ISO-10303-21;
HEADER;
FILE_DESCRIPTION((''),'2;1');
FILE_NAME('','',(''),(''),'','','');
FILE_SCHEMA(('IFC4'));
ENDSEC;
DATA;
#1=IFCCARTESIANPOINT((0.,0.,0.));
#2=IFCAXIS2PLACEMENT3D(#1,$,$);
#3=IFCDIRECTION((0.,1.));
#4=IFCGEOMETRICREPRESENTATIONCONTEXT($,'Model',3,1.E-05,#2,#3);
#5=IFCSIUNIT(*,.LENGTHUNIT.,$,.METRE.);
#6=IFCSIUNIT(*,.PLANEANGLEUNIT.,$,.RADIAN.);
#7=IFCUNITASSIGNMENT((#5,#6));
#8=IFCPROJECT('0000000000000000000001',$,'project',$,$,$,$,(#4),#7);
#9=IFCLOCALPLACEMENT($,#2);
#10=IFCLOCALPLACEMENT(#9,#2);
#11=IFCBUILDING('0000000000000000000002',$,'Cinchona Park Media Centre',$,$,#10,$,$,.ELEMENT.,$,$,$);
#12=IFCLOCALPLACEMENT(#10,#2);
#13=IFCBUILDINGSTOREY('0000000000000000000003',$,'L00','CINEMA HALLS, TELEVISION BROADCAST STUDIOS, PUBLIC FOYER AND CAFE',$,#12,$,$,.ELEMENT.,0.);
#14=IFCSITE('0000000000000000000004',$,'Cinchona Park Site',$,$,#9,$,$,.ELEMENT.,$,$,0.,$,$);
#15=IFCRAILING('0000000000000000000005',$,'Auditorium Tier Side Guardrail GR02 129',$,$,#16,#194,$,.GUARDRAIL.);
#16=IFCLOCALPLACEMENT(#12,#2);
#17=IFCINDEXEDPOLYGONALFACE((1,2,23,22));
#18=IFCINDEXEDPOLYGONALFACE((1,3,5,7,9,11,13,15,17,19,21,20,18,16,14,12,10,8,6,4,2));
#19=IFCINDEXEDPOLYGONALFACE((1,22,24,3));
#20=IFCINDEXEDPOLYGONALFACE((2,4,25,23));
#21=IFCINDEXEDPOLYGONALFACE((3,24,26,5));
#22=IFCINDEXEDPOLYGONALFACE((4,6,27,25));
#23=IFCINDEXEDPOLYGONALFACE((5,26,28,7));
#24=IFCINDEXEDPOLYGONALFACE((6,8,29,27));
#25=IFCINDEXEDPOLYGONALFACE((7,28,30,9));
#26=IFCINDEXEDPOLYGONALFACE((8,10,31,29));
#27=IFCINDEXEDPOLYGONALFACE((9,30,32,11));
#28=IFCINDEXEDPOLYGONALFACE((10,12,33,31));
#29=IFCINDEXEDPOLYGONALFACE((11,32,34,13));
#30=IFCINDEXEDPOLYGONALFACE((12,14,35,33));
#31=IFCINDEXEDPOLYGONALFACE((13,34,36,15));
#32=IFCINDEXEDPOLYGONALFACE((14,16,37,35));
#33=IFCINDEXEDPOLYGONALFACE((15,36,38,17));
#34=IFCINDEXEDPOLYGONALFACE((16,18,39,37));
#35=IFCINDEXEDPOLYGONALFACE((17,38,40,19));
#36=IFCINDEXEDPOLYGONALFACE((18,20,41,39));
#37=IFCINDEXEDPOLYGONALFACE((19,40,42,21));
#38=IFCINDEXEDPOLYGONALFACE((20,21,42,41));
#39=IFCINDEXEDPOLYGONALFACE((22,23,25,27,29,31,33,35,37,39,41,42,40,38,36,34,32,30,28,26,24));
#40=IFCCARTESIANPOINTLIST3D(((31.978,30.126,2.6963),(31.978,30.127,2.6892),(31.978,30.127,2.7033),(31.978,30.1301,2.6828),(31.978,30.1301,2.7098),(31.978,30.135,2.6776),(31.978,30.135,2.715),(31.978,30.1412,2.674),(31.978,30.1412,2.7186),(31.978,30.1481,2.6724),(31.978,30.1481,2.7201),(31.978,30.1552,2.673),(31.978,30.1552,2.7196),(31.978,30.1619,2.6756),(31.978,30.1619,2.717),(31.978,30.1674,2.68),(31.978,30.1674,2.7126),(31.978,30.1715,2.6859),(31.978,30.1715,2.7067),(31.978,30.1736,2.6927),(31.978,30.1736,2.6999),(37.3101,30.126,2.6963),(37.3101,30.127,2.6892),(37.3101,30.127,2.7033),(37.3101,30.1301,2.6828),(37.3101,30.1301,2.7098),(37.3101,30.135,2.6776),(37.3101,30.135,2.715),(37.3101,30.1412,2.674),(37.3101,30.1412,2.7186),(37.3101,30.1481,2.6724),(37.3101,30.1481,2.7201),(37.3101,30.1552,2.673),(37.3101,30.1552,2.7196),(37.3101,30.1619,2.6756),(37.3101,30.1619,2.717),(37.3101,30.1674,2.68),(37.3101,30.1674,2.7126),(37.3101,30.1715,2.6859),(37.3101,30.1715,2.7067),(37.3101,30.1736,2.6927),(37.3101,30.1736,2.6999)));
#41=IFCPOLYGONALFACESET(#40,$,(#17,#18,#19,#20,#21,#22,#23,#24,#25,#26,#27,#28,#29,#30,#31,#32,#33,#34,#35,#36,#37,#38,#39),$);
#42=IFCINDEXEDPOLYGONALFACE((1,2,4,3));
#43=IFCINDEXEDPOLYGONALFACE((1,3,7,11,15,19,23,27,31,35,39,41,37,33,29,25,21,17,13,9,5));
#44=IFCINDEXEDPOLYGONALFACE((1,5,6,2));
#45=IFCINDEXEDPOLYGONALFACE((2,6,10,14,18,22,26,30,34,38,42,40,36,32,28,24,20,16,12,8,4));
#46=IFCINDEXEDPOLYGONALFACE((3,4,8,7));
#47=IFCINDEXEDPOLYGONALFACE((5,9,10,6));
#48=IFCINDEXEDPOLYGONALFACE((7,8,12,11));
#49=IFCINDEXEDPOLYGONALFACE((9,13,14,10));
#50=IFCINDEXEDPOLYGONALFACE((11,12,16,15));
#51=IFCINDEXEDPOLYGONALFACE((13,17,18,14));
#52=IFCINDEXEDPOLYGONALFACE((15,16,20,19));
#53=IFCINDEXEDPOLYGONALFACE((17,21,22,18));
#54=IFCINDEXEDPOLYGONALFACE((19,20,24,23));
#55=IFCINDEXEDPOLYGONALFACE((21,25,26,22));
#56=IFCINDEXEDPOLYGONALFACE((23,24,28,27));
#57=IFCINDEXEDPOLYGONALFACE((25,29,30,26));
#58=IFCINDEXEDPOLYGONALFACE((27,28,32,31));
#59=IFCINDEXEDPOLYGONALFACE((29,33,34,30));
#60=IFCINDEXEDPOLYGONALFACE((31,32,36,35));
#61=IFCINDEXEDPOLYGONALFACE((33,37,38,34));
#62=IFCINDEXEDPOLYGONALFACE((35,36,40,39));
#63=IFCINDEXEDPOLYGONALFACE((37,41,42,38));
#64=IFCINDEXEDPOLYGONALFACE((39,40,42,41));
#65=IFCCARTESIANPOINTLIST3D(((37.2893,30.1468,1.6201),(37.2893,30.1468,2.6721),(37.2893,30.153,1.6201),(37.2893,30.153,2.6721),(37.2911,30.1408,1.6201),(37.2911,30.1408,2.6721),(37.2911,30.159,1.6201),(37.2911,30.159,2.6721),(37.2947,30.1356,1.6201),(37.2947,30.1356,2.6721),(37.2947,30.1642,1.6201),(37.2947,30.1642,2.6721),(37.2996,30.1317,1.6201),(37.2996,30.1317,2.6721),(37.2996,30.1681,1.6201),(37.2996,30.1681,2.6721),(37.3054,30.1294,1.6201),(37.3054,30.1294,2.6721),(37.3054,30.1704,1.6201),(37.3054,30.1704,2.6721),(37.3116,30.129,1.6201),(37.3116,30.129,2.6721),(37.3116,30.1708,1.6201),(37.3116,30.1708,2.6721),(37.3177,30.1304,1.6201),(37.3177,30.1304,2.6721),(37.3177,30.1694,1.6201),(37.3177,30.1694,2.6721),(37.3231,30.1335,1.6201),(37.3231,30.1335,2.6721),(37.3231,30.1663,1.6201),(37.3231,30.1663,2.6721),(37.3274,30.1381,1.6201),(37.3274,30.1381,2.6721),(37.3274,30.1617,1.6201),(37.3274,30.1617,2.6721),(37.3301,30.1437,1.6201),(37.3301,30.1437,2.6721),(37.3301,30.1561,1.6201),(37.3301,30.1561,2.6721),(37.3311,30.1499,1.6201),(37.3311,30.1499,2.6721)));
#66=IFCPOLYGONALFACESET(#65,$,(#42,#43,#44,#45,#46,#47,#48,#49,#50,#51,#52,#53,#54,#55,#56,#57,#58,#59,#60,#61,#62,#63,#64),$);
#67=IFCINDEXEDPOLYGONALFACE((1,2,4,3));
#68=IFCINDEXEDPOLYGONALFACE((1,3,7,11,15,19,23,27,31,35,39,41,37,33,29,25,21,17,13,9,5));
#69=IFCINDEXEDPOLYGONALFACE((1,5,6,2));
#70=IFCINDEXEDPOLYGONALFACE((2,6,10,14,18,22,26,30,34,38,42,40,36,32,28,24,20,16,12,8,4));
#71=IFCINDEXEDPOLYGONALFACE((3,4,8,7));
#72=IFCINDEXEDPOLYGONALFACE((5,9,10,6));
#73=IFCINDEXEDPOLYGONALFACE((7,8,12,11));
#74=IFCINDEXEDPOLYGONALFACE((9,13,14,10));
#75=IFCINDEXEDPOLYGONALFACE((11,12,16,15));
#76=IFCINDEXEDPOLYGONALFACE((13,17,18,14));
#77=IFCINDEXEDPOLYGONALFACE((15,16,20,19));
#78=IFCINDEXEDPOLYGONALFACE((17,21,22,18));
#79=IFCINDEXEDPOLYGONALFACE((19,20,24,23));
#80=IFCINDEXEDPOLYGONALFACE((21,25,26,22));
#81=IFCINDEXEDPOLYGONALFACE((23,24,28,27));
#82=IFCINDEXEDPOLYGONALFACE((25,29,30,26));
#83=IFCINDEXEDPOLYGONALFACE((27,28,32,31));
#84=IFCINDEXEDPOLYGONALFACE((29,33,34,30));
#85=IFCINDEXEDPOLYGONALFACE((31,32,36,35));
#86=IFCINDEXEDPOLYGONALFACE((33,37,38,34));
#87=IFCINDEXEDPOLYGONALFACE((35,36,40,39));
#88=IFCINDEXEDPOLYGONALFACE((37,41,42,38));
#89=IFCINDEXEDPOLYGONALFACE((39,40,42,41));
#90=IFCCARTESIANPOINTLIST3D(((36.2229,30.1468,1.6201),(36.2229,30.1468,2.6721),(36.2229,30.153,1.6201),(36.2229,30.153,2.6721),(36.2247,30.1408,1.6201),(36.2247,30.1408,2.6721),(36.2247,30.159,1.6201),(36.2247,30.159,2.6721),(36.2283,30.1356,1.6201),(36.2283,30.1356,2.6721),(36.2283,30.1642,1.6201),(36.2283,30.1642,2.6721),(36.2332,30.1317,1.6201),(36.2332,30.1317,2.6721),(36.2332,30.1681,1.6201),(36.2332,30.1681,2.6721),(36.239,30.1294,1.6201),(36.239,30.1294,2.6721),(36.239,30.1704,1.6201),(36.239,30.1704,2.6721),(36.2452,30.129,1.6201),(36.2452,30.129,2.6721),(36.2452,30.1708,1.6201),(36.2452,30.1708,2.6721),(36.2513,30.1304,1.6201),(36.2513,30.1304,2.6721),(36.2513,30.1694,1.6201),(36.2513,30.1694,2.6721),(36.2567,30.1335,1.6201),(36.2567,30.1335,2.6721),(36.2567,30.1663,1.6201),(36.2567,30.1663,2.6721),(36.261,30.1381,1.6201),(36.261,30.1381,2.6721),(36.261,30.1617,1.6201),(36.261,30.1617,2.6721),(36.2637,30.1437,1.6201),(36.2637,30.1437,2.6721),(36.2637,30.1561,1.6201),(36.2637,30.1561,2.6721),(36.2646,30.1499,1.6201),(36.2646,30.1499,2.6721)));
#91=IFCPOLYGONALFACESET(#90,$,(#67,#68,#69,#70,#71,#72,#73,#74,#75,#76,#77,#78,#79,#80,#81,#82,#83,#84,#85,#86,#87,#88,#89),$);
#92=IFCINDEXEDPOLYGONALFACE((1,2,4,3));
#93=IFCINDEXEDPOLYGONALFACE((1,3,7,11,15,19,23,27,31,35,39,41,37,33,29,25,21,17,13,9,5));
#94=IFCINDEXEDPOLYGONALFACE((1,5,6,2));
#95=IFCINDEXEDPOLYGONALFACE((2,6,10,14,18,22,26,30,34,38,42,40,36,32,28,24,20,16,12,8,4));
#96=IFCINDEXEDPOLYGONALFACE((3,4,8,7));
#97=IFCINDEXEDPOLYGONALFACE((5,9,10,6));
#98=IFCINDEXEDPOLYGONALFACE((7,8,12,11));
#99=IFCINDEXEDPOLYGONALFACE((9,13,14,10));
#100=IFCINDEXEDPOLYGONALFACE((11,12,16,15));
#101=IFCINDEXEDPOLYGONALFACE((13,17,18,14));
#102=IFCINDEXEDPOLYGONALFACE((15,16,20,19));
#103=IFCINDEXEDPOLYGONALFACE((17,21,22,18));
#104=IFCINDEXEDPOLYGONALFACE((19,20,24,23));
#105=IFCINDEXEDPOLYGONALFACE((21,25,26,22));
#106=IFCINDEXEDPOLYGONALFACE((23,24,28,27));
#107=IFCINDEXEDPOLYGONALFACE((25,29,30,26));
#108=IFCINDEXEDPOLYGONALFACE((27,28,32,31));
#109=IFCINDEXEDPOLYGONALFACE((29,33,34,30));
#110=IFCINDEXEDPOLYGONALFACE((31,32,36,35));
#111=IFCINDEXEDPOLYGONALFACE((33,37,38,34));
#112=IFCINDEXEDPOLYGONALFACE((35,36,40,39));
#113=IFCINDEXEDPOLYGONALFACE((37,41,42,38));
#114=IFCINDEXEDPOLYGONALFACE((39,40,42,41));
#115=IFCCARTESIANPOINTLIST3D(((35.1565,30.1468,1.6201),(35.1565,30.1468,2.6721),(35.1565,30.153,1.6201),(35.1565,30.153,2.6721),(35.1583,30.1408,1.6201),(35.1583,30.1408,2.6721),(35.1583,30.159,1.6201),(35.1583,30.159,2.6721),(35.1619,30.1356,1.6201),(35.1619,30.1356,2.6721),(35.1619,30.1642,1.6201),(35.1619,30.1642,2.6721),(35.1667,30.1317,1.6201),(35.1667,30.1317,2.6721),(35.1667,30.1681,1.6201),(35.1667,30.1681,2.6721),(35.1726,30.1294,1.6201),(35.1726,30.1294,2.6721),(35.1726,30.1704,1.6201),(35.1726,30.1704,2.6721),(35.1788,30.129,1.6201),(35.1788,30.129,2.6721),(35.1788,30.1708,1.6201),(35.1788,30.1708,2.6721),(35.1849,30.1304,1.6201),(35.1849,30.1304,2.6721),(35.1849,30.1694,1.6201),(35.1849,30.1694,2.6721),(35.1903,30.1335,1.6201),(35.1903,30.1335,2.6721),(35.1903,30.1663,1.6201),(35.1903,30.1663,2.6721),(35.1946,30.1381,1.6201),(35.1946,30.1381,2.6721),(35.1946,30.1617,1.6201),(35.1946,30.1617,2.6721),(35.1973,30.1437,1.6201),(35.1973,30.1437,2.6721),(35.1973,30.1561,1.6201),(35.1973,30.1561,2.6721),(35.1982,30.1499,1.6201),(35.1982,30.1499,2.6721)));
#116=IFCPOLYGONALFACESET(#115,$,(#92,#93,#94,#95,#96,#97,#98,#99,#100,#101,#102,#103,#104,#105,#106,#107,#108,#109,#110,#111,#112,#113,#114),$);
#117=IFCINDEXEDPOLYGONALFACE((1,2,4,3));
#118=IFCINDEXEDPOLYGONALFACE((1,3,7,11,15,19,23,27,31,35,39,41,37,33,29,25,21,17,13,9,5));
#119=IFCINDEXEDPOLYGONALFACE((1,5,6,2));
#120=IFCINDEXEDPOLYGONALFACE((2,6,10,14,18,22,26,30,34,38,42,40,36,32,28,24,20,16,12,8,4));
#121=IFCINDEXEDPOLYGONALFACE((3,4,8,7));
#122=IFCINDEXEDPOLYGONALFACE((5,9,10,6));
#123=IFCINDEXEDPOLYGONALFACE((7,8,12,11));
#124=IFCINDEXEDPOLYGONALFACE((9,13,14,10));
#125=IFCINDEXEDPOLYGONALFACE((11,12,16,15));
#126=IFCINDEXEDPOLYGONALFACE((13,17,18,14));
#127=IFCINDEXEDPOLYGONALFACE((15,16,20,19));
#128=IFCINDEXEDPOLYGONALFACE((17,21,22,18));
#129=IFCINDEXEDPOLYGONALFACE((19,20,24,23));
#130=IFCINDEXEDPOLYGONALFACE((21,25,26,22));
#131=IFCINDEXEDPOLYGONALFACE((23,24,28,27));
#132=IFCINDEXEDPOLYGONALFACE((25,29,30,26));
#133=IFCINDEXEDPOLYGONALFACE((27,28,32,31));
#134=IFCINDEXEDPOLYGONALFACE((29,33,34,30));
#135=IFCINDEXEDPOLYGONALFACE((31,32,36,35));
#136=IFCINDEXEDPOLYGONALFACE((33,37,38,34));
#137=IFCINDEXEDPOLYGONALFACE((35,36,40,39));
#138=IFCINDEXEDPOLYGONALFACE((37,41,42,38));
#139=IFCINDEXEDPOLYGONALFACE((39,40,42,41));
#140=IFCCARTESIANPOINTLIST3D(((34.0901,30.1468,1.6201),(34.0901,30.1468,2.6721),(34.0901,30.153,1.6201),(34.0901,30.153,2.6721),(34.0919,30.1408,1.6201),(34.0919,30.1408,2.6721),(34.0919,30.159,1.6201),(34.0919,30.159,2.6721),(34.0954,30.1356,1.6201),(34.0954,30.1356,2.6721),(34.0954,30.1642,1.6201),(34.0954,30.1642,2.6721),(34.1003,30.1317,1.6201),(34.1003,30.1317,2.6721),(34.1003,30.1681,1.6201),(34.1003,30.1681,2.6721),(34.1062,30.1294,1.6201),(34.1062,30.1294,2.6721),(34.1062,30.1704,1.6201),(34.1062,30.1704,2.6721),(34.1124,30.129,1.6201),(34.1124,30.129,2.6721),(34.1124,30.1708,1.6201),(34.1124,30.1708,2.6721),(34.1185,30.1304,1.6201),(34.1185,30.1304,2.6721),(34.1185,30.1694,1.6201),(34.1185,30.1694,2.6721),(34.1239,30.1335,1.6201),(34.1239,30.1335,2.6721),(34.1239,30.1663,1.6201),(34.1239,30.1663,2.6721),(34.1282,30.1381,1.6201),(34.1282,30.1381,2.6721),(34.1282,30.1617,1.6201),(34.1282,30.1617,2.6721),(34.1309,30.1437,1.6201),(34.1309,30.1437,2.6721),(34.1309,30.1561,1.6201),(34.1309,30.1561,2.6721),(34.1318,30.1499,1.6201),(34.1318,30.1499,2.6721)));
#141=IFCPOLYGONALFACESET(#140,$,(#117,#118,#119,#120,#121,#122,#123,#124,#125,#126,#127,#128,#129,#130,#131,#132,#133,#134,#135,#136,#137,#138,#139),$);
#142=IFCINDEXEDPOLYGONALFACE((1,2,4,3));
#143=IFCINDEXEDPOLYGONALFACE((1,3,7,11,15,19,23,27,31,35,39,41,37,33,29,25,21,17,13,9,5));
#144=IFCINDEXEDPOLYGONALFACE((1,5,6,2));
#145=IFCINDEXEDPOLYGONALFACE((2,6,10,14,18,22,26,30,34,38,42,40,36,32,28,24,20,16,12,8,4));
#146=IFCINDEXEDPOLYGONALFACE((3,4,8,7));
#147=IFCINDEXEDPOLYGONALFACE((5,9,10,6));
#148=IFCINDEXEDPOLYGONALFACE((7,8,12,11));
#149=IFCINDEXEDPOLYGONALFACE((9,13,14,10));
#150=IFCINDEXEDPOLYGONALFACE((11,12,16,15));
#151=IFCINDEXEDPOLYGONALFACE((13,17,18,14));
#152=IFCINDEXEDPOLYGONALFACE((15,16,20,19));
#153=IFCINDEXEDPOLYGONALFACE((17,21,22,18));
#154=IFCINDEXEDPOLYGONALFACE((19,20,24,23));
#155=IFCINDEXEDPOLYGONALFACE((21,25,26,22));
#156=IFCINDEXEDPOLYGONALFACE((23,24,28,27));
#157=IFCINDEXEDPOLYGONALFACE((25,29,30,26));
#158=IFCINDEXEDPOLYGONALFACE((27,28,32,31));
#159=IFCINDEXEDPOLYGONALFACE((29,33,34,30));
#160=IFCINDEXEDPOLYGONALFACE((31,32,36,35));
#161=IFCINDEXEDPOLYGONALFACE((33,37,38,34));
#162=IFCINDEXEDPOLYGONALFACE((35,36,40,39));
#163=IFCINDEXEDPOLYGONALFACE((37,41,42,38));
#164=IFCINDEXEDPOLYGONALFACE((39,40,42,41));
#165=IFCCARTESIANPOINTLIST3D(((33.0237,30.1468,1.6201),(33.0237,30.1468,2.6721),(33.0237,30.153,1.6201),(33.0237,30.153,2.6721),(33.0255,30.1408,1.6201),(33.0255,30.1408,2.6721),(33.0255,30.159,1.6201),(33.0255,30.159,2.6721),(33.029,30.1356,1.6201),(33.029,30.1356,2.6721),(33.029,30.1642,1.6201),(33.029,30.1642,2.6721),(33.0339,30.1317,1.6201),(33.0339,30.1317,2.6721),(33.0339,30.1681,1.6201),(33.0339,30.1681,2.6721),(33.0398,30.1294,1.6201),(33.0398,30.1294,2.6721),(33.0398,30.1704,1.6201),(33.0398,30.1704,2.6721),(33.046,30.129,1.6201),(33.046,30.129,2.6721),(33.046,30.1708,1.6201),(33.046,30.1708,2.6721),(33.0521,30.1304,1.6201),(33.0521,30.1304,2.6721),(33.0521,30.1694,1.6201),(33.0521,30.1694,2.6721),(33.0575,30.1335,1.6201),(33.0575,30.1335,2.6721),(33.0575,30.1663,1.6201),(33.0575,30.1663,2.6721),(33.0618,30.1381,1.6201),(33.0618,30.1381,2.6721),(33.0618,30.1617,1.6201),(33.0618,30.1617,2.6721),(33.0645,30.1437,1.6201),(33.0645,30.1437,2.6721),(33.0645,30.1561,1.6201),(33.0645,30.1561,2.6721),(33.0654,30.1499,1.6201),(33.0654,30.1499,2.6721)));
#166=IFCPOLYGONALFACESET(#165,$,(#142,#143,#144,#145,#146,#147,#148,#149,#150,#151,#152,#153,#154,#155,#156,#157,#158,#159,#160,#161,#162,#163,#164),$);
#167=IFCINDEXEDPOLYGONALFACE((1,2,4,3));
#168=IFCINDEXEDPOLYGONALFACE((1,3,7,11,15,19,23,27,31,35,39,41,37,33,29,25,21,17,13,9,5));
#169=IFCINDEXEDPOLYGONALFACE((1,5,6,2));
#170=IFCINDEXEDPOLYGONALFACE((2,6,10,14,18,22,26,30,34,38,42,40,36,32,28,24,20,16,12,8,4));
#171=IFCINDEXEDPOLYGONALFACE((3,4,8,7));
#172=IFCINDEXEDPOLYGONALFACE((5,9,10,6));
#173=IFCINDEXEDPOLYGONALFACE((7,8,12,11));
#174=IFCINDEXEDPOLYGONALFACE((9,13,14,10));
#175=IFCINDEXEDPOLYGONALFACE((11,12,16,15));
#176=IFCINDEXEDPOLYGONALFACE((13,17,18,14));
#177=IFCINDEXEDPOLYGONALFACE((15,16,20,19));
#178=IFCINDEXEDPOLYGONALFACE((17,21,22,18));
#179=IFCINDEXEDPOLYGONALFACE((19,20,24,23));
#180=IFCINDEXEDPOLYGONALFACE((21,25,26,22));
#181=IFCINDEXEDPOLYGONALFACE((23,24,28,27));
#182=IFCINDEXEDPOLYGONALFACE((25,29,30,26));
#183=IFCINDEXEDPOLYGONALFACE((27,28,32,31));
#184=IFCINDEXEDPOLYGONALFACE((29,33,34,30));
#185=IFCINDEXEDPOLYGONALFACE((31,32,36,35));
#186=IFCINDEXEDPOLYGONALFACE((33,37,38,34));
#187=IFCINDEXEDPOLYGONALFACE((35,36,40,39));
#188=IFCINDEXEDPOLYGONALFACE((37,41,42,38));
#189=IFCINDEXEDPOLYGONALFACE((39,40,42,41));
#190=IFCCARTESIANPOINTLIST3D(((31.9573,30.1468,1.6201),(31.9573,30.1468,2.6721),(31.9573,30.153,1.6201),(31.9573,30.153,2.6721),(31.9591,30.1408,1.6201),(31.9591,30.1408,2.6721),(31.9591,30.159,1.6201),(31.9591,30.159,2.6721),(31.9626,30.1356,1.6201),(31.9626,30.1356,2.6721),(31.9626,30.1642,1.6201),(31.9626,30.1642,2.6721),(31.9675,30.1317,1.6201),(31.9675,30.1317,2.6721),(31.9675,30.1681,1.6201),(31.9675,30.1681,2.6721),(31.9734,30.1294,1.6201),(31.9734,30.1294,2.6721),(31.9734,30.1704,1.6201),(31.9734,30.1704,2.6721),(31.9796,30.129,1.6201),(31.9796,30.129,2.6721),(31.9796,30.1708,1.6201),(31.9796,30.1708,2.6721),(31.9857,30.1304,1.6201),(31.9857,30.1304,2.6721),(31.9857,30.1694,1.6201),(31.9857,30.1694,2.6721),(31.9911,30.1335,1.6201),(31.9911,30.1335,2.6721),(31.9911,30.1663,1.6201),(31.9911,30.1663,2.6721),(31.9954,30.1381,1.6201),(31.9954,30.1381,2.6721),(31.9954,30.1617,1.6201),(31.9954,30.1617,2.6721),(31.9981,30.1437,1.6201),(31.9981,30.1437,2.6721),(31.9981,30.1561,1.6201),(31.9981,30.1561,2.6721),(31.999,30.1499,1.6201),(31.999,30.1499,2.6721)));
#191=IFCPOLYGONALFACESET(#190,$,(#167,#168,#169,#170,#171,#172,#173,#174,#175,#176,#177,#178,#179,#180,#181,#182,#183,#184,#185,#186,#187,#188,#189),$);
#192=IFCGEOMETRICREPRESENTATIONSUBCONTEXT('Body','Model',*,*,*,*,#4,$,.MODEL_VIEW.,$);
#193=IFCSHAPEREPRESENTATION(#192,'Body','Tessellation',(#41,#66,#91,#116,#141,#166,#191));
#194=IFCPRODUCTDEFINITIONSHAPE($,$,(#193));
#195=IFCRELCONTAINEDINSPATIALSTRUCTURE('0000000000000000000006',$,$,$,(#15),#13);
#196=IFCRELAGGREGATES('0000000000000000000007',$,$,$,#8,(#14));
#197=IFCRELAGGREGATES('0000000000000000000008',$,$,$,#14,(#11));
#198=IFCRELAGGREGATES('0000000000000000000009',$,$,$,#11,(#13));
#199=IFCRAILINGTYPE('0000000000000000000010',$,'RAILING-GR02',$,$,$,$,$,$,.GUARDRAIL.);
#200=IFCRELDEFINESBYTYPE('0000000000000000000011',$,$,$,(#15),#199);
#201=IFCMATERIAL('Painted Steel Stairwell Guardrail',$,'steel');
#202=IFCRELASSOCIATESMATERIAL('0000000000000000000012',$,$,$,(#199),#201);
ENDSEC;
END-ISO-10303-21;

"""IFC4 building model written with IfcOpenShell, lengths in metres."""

from ifc_helpers import new_model, si_unit, direction, frame, origin, origin_2d, place, context, subcontext, project, spatial, circle, extrude, material, type_object, element, save


model = new_model("IFC4")

# Units and contexts
model_context = context("Model", 3, precision=1e-05, world=origin(), true_north=direction((0.0, 1.0)))
body_context = subcontext(model_context, "Body", "Model", "MODEL_VIEW")
ifc_project = project(units=[si_unit("LENGTHUNIT", "METRE"), si_unit("PLANEANGLEUNIT", "RADIAN")], contexts=[model_context])

# Site, building, storey
site_placement = place(None, origin())
site = spatial("IfcSite", under=ifc_project, at=site_placement, Name="Cinchona Park Site", CompositionType="ELEMENT", RefElevation=0.0)
building_placement = place(site_placement, origin())
building = spatial("IfcBuilding", under=site, at=building_placement, Name="Cinchona Park Media Centre", CompositionType="ELEMENT")
storey_placement = place(building_placement, origin())
storey = spatial("IfcBuildingStorey", under=building, at=storey_placement, Name="L00", Description="CINEMA HALLS, TELEVISION BROADCAST STUDIOS, PUBLIC FOYER AND CAFE", CompositionType="ELEMENT", Elevation=0.0)

# Railing
ifc_material_1 = material(Name="Painted Steel Stairwell Guardrail", Category="steel")
railing_type_1 = type_object("IfcRailingType", Name="RAILING-GR02", PredefinedType="GUARDRAIL", material=ifc_material_1)
railing_1_placement = place(storey_placement, frame((37.3101, 30.1499, 1.6201)))
element("IfcRailing", 1, at=railing_1_placement, inside=storey, type_object=railing_type_1, Name="Auditorium Tier Side Guardrail GR02 129", PredefinedType="GUARDRAIL", context=body_context, shape_type="SweptSolid", body=[
    extrude(circle(Radius=0.0239, at=origin_2d()), frame((0.0, 0.0, 1.0762), z_axis=(-1.0, 0.0, 0.0), x_axis=(0.0, -1.0, 0.0)), (0.0, 0.0, 1.0), 5.332),
    extrude(circle(Radius=0.021, at=origin_2d()), origin(), (0.0, 0.0, 1.0), 1.052),
    extrude(circle(Radius=0.021, at=origin_2d()), frame((-1.0664, 0.0, 0.0)), (0.0, 0.0, 1.0), 1.052),
    extrude(circle(Radius=0.021, at=origin_2d()), frame((-2.1328, 0.0, 0.0)), (0.0, 0.0, 1.0), 1.052),
    extrude(circle(Radius=0.021, at=origin_2d()), frame((-3.1992, 0.0, 0.0)), (0.0, 0.0, 1.0), 1.052),
    extrude(circle(Radius=0.021, at=origin_2d()), frame((-4.2656, 0.0, 0.0)), (0.0, 0.0, 1.0), 1.052),
    extrude(circle(Radius=0.021, at=origin_2d()), frame((-5.332, 0.0, 0.0)), (0.0, 0.0, 1.0), 1.052),
])

save(model, "model.ifc")
